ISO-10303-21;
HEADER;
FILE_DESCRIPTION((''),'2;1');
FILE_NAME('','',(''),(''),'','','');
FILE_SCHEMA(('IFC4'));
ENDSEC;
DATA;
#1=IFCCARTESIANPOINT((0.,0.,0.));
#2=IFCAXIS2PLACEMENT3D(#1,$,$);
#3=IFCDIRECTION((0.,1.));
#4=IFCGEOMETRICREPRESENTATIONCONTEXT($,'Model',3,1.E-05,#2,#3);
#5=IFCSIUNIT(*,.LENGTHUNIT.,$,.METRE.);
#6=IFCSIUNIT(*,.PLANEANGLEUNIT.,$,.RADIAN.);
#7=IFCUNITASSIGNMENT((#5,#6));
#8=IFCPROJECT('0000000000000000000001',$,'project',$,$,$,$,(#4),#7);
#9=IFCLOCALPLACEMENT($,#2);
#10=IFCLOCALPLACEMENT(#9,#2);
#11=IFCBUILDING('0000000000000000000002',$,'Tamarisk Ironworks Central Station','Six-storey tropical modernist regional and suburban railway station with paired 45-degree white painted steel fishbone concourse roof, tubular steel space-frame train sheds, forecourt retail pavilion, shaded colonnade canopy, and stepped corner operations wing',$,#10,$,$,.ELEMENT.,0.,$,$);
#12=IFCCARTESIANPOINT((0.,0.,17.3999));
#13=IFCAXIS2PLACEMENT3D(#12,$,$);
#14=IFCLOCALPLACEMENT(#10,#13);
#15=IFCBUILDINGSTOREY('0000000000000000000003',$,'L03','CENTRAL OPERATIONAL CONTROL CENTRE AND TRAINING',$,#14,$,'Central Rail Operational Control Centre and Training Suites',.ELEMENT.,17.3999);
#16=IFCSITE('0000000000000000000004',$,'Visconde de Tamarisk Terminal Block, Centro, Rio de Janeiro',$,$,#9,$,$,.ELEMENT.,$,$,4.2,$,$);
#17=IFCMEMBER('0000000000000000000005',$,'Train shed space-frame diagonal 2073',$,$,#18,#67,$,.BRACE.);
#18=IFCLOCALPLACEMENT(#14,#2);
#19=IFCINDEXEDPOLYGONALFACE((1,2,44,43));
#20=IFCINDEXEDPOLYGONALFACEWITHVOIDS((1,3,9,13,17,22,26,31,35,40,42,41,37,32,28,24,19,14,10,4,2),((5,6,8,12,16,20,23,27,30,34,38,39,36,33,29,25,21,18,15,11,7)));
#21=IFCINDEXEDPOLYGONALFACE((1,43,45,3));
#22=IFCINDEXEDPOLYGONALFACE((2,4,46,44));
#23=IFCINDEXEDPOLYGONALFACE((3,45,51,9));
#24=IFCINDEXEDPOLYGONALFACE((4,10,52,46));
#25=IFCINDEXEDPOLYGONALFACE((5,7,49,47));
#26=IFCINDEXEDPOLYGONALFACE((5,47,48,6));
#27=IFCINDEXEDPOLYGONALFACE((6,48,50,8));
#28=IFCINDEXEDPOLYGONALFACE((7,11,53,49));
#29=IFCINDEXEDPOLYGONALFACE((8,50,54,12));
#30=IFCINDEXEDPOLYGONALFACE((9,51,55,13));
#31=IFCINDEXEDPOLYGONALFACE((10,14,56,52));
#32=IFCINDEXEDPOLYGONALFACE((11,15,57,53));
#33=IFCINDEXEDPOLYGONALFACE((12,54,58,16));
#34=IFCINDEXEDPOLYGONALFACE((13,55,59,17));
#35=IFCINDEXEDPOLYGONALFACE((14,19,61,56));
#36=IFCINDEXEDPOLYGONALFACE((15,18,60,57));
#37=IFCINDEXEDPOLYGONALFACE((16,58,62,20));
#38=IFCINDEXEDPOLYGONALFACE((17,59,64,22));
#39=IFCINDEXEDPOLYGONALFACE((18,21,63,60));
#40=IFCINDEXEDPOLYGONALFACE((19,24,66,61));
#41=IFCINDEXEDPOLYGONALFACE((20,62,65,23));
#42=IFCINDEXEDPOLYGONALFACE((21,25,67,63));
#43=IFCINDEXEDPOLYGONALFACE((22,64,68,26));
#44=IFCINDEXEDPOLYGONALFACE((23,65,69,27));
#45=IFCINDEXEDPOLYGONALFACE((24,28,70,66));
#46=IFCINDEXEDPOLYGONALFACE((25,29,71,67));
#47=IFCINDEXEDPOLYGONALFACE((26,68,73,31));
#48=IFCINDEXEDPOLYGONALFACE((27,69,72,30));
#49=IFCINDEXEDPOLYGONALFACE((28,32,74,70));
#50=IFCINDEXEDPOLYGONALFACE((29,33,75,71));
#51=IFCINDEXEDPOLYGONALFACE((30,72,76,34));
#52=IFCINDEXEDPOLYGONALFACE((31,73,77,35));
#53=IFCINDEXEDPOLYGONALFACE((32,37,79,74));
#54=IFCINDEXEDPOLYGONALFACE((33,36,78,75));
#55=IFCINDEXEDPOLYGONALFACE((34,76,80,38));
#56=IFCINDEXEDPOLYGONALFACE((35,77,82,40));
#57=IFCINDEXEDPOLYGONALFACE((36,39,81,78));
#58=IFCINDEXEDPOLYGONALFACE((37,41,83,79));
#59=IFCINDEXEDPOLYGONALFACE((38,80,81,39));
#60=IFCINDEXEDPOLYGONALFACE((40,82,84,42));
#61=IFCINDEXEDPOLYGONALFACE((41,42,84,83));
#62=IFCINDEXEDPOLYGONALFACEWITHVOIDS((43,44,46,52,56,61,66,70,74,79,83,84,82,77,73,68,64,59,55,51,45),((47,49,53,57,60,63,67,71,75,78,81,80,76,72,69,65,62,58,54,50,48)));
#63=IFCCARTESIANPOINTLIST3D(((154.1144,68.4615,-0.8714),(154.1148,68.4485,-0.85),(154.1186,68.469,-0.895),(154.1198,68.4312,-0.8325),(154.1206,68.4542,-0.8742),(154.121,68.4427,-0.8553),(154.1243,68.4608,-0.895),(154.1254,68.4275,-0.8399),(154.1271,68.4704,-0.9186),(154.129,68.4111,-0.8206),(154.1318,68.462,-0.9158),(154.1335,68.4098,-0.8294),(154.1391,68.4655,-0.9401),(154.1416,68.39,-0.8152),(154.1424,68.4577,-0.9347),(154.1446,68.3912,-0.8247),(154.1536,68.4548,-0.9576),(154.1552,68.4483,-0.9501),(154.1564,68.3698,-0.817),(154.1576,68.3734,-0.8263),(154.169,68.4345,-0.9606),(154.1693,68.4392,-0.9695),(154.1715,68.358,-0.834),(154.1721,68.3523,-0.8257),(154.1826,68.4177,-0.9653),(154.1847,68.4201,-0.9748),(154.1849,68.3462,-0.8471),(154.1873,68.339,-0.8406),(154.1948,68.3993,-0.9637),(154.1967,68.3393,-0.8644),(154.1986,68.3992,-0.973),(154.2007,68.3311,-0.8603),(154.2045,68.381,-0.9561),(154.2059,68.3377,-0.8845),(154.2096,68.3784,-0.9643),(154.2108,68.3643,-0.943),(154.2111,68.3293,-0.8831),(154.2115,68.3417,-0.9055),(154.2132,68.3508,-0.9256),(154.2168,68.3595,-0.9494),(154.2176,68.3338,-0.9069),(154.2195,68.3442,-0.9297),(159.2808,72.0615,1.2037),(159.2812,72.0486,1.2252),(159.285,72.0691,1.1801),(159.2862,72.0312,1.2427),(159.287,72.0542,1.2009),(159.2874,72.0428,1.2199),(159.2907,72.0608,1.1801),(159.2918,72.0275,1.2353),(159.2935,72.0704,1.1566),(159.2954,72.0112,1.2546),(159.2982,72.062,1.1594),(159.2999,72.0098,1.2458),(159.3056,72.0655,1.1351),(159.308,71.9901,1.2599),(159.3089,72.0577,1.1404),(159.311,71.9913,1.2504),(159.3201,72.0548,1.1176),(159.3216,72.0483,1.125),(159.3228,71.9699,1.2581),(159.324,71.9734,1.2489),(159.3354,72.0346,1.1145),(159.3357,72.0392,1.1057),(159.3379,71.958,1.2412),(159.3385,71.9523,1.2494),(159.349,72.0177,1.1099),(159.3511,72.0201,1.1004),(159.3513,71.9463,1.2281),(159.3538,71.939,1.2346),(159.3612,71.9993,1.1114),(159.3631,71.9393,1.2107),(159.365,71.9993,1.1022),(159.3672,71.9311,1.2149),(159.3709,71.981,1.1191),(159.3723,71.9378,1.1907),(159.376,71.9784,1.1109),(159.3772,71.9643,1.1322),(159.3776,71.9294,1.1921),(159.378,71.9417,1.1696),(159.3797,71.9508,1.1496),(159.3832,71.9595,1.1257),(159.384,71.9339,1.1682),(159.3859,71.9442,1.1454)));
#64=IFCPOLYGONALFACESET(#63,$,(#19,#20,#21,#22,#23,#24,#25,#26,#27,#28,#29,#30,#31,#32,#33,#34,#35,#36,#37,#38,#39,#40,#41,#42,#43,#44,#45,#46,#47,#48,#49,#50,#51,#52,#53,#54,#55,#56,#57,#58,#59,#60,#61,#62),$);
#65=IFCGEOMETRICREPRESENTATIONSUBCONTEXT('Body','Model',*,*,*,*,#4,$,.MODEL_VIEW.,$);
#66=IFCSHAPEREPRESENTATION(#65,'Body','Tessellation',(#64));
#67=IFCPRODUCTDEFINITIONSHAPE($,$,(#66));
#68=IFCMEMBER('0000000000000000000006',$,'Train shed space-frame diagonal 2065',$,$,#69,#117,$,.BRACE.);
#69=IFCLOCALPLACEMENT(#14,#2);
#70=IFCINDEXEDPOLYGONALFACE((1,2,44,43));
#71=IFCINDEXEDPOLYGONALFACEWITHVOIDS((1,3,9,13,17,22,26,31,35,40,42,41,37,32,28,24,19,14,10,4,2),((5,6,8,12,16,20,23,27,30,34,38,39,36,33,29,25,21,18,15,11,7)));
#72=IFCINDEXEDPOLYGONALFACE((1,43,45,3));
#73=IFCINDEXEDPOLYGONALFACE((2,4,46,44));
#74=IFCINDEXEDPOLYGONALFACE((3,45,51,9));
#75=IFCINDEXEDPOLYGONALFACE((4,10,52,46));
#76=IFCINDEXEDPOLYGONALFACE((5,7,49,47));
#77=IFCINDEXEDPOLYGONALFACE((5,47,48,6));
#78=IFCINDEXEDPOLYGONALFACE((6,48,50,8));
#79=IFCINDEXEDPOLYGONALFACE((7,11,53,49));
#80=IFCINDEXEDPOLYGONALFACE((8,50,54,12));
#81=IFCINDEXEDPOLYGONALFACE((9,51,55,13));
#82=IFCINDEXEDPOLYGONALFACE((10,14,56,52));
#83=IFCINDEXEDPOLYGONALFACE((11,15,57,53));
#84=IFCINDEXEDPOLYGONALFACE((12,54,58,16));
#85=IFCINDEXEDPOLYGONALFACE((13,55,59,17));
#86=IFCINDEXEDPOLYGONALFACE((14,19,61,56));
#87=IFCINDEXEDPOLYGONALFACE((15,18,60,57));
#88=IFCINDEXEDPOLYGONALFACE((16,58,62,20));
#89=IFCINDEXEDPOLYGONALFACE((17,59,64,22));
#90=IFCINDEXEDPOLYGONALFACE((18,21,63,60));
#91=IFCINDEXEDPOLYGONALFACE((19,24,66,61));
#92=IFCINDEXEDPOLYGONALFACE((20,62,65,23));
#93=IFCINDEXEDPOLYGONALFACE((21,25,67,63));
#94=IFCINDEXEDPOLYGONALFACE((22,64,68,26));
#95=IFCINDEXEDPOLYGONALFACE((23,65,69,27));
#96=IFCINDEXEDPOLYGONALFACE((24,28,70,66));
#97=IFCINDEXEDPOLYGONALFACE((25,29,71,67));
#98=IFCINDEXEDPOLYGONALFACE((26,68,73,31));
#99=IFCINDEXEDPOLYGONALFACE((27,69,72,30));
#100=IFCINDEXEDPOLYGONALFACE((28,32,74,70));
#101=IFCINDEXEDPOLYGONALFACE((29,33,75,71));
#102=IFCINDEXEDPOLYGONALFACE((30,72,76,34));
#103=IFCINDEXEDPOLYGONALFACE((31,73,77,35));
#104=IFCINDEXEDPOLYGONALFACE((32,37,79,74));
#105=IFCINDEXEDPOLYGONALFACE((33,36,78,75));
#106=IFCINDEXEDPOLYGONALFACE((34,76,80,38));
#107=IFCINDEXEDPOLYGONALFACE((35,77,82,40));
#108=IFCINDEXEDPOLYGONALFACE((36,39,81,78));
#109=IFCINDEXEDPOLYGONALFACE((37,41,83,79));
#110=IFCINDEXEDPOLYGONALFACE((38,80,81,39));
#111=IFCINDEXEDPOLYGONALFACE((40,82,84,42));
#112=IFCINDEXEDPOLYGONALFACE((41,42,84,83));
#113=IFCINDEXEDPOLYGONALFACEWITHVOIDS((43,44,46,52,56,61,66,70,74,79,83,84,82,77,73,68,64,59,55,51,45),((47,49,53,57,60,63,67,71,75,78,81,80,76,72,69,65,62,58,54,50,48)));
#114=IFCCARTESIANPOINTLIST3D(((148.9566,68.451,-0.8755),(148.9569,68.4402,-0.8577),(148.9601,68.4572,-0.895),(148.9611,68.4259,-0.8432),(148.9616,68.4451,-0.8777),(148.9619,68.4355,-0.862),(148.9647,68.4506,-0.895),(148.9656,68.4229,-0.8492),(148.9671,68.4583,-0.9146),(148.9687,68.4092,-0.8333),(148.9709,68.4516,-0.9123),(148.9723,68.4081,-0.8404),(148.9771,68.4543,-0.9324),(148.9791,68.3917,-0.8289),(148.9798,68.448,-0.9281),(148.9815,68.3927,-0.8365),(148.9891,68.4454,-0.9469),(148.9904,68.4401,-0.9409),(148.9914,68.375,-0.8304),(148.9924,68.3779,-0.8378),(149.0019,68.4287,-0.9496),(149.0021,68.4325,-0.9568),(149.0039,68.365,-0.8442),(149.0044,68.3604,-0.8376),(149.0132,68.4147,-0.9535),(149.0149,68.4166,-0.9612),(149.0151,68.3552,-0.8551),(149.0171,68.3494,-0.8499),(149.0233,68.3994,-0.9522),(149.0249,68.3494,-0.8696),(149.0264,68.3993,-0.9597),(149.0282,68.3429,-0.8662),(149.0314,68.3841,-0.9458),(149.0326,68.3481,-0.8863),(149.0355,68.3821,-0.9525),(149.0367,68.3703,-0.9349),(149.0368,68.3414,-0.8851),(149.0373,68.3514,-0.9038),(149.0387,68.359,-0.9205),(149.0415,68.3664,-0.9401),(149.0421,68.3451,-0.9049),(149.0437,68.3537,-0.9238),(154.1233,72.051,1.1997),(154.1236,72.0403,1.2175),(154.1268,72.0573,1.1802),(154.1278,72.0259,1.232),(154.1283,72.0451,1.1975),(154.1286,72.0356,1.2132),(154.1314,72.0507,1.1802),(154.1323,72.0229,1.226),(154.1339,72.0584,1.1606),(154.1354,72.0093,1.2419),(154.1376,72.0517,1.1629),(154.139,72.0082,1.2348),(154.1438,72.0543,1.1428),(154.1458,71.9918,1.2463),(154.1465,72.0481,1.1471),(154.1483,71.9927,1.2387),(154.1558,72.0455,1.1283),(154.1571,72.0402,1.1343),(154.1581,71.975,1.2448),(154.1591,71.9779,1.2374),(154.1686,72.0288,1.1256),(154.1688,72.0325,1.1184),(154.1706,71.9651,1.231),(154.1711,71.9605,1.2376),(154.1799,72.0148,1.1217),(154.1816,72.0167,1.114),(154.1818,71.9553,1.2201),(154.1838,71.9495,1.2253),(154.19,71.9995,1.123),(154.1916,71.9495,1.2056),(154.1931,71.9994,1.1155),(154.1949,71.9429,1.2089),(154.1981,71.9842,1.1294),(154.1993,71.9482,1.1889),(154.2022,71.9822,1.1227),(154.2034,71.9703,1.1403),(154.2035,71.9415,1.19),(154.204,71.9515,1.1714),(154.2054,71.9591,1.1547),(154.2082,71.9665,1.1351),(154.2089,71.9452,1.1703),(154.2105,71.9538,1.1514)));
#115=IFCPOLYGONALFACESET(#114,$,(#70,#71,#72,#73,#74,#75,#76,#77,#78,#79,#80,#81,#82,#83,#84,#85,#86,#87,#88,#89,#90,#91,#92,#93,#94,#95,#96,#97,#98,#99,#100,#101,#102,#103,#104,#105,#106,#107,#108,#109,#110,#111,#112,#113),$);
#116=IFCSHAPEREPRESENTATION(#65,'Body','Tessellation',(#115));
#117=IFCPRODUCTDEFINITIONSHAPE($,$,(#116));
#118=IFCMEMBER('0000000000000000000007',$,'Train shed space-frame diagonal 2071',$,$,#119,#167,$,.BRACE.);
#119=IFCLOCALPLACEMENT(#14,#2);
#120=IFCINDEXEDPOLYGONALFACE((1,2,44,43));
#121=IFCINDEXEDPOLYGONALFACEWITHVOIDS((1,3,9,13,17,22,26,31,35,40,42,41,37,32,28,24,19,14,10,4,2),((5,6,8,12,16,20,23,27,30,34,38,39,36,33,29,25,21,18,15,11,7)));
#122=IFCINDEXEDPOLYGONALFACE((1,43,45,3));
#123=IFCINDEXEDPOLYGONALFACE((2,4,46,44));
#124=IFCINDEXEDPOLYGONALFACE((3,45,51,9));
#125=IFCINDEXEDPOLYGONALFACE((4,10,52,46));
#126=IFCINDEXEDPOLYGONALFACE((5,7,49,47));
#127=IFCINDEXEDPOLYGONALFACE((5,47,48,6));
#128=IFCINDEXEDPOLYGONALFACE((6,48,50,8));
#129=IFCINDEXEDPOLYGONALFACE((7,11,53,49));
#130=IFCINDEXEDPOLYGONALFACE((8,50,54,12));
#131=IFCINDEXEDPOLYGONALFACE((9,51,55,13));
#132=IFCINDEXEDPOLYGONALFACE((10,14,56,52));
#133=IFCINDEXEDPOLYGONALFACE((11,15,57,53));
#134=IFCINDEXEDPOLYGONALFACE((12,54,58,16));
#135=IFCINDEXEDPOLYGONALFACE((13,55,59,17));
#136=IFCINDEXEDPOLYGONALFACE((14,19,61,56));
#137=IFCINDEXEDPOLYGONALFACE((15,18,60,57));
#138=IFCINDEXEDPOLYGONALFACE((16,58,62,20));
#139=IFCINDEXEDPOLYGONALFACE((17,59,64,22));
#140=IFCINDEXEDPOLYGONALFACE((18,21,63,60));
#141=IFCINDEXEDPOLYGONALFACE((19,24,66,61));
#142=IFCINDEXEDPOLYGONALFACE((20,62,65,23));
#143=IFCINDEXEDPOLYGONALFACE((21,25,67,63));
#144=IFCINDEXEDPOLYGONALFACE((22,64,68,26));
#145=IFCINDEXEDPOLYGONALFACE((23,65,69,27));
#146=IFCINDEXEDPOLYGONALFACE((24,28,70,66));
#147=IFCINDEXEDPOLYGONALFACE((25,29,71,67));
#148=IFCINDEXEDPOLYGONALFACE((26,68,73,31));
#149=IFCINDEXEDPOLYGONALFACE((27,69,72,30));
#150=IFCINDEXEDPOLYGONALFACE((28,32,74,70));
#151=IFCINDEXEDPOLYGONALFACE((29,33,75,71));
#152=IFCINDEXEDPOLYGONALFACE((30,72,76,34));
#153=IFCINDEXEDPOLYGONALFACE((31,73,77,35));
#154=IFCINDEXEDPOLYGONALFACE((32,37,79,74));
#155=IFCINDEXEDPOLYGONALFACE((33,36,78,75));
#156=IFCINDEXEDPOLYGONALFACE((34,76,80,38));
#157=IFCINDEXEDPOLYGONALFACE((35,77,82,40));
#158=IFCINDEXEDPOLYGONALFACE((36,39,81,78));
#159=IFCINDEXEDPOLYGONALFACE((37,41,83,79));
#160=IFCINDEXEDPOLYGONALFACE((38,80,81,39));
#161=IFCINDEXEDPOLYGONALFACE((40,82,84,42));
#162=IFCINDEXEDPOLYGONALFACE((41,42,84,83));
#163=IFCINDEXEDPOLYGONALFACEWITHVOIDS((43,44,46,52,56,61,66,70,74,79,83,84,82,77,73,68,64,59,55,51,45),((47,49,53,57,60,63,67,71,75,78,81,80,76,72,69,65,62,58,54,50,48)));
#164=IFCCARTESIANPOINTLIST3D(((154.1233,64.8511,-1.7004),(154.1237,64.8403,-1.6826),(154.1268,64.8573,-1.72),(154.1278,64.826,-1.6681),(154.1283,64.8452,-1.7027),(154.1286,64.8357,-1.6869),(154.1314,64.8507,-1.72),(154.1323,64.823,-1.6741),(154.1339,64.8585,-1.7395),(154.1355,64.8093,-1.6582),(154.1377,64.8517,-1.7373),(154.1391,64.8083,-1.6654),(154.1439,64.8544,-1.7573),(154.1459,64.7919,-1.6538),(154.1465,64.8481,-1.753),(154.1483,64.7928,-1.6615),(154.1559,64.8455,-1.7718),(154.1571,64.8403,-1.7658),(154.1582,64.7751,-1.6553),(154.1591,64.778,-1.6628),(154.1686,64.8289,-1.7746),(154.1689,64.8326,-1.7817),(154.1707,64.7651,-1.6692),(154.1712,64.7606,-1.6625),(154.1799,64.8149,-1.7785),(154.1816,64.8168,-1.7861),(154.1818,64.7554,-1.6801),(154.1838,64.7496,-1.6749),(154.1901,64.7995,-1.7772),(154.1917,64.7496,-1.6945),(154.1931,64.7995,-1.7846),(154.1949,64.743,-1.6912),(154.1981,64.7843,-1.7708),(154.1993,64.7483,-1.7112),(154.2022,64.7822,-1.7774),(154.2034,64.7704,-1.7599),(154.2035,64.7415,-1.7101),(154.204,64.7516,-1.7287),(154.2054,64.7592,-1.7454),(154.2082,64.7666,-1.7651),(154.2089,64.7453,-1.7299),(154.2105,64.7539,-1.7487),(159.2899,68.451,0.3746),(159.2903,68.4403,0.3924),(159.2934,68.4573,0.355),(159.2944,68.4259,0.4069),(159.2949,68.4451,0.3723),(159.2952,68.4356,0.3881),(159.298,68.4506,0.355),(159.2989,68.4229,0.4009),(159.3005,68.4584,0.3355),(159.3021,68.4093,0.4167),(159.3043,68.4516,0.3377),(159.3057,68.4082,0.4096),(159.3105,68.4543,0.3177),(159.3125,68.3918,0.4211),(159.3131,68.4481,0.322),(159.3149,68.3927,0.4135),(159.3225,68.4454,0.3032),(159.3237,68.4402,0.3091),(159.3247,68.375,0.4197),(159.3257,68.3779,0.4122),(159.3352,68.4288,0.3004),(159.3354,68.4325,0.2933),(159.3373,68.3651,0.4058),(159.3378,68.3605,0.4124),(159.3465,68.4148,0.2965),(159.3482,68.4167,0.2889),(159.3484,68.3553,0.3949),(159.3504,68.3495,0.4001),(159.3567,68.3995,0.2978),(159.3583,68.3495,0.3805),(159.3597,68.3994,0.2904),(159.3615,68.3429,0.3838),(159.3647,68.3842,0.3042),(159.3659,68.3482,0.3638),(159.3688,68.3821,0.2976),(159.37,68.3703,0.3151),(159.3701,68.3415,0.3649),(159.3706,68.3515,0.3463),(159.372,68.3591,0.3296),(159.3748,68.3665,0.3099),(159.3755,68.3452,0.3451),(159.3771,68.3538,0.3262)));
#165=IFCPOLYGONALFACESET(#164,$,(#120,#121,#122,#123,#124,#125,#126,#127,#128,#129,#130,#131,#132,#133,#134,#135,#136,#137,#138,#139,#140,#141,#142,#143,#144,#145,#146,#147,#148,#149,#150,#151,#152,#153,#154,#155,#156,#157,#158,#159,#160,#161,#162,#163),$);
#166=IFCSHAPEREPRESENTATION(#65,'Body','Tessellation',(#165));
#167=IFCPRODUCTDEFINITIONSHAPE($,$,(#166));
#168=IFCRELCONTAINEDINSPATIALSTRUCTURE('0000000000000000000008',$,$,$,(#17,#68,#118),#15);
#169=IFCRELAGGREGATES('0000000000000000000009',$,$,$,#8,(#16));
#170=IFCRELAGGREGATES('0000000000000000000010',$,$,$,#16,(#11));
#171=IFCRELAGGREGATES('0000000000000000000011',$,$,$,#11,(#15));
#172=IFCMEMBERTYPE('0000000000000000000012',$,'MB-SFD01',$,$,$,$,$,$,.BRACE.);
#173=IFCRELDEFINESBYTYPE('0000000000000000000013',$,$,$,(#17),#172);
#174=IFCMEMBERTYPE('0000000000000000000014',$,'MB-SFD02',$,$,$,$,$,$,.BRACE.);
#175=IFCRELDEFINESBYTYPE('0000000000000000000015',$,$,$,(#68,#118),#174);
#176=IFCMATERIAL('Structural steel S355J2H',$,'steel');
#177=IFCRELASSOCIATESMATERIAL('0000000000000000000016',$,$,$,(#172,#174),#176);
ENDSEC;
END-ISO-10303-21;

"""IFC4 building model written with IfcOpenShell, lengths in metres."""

from ifc_helpers import new_model, si_unit, direction, frame, origin, origin_2d, place, context, subcontext, project, spatial, hollow_circle, extrude, material, material_profile, profile_set, type_object, element, save


model = new_model("IFC4")

# Units and contexts
model_context = context("Model", 3, precision=1e-05, world=origin(), true_north=direction((0.0, 1.0)))
body_context = subcontext(model_context, "Body", "Model", "MODEL_VIEW")
ifc_project = project(units=[si_unit("LENGTHUNIT", "METRE"), si_unit("PLANEANGLEUNIT", "RADIAN")], contexts=[model_context])

# Site, building, storey
site_placement = place(None, origin())
site = spatial("IfcSite", under=ifc_project, at=site_placement, Name="Visconde de Tamarisk Terminal Block, Centro, Rio de Janeiro", CompositionType="ELEMENT", RefElevation=4.2)
building_placement = place(site_placement, origin())
building = spatial("IfcBuilding", under=site, at=building_placement, Name="Tamarisk Ironworks Central Station", Description="Six-storey tropical modernist regional and suburban railway station with paired 45-degree white painted steel fishbone concourse roof, tubular steel space-frame train sheds, forecourt retail pavilion, shaded colonnade canopy, and stepped corner operations wing", CompositionType="ELEMENT", ElevationOfRefHeight=0.0)
storey_placement = place(building_placement, frame((0.0, 0.0, 17.3999)))
storey = spatial("IfcBuildingStorey", under=building, at=storey_placement, Name="L03", Description="CENTRAL OPERATIONAL CONTROL CENTRE AND TRAINING", LongName="Central Rail Operational Control Centre and Training Suites", CompositionType="ELEMENT", Elevation=17.3999)

# Members
ifc_material_1 = material(Name="Structural steel S355J2H", Category="steel")
ifc_material_profile_1 = material_profile(ifc_material_1, hollow_circle(Radius=0.0842, WallThickness=0.01, at=origin_2d()), Name="CHS 168.3x10")
ifc_profile_set_1 = profile_set([ifc_material_profile_1], Name="Structural steel S355J2H")
member_type_1 = type_object("IfcMemberType", Name="MB-SFD01", PredefinedType="BRACE", material=ifc_profile_set_1)
member_1_placement = place(storey_placement, frame((154.1667, 68.3999, -0.895), z_axis=(0.779235, 0.542983, 0.31299), x_axis=(-0.571707, 0.820458, 0.0)))
element("IfcMember", 1, at=member_1_placement, inside=storey, type_object=member_type_1, Name="Train shed space-frame diagonal 2073", PredefinedType="BRACE", context=body_context, shape_type="SweptSolid", body=[
    extrude(hollow_circle(Radius=0.0842, WallThickness=0.01, at=origin_2d()), origin(), (0.0, 0.0, 1.0), 6.6301),
])
ifc_material_profile_2 = material_profile(ifc_material_1, hollow_circle(Radius=0.0698, WallThickness=0.0081, at=origin_2d()), Name="CHS 139.7x8")
ifc_profile_set_2 = profile_set([ifc_material_profile_2], Name="Structural steel S355J2H")
member_type_2 = type_object("IfcMemberType", Name="MB-SFD02", PredefinedType="BRACE", material=ifc_profile_set_2)
member_2_placement = place(storey_placement, frame((149.0, 68.3999, -0.895), z_axis=(0.779249, 0.542967, 0.312981), x_axis=(-0.571689, 0.82047, 0.0)))
element("IfcMember", 2, at=member_2_placement, inside=storey, type_object=member_type_2, Name="Train shed space-frame diagonal 2065", PredefinedType="BRACE", context=body_context, shape_type="SweptSolid", body=[
    extrude(hollow_circle(Radius=0.0698, WallThickness=0.0081, at=origin_2d()), origin(), (0.0, 0.0, 1.0), 6.6304),
])
member_3_placement = place(storey_placement, frame((154.1667, 64.8, -1.72), z_axis=(0.779259, 0.542963, 0.312963), x_axis=(-0.571681, 0.820476, 0.0)))
element("IfcMember", 3, at=member_3_placement, inside=storey, type_object=member_type_2, Name="Train shed space-frame diagonal 2071", PredefinedType="BRACE", context=body_context, shape_type="SweptSolid", body=[
    extrude(hollow_circle(Radius=0.0698, WallThickness=0.0081, at=origin_2d()), origin(), (0.0, 0.0, 1.0), 6.6301),
])

save(model, "model.ifc")
